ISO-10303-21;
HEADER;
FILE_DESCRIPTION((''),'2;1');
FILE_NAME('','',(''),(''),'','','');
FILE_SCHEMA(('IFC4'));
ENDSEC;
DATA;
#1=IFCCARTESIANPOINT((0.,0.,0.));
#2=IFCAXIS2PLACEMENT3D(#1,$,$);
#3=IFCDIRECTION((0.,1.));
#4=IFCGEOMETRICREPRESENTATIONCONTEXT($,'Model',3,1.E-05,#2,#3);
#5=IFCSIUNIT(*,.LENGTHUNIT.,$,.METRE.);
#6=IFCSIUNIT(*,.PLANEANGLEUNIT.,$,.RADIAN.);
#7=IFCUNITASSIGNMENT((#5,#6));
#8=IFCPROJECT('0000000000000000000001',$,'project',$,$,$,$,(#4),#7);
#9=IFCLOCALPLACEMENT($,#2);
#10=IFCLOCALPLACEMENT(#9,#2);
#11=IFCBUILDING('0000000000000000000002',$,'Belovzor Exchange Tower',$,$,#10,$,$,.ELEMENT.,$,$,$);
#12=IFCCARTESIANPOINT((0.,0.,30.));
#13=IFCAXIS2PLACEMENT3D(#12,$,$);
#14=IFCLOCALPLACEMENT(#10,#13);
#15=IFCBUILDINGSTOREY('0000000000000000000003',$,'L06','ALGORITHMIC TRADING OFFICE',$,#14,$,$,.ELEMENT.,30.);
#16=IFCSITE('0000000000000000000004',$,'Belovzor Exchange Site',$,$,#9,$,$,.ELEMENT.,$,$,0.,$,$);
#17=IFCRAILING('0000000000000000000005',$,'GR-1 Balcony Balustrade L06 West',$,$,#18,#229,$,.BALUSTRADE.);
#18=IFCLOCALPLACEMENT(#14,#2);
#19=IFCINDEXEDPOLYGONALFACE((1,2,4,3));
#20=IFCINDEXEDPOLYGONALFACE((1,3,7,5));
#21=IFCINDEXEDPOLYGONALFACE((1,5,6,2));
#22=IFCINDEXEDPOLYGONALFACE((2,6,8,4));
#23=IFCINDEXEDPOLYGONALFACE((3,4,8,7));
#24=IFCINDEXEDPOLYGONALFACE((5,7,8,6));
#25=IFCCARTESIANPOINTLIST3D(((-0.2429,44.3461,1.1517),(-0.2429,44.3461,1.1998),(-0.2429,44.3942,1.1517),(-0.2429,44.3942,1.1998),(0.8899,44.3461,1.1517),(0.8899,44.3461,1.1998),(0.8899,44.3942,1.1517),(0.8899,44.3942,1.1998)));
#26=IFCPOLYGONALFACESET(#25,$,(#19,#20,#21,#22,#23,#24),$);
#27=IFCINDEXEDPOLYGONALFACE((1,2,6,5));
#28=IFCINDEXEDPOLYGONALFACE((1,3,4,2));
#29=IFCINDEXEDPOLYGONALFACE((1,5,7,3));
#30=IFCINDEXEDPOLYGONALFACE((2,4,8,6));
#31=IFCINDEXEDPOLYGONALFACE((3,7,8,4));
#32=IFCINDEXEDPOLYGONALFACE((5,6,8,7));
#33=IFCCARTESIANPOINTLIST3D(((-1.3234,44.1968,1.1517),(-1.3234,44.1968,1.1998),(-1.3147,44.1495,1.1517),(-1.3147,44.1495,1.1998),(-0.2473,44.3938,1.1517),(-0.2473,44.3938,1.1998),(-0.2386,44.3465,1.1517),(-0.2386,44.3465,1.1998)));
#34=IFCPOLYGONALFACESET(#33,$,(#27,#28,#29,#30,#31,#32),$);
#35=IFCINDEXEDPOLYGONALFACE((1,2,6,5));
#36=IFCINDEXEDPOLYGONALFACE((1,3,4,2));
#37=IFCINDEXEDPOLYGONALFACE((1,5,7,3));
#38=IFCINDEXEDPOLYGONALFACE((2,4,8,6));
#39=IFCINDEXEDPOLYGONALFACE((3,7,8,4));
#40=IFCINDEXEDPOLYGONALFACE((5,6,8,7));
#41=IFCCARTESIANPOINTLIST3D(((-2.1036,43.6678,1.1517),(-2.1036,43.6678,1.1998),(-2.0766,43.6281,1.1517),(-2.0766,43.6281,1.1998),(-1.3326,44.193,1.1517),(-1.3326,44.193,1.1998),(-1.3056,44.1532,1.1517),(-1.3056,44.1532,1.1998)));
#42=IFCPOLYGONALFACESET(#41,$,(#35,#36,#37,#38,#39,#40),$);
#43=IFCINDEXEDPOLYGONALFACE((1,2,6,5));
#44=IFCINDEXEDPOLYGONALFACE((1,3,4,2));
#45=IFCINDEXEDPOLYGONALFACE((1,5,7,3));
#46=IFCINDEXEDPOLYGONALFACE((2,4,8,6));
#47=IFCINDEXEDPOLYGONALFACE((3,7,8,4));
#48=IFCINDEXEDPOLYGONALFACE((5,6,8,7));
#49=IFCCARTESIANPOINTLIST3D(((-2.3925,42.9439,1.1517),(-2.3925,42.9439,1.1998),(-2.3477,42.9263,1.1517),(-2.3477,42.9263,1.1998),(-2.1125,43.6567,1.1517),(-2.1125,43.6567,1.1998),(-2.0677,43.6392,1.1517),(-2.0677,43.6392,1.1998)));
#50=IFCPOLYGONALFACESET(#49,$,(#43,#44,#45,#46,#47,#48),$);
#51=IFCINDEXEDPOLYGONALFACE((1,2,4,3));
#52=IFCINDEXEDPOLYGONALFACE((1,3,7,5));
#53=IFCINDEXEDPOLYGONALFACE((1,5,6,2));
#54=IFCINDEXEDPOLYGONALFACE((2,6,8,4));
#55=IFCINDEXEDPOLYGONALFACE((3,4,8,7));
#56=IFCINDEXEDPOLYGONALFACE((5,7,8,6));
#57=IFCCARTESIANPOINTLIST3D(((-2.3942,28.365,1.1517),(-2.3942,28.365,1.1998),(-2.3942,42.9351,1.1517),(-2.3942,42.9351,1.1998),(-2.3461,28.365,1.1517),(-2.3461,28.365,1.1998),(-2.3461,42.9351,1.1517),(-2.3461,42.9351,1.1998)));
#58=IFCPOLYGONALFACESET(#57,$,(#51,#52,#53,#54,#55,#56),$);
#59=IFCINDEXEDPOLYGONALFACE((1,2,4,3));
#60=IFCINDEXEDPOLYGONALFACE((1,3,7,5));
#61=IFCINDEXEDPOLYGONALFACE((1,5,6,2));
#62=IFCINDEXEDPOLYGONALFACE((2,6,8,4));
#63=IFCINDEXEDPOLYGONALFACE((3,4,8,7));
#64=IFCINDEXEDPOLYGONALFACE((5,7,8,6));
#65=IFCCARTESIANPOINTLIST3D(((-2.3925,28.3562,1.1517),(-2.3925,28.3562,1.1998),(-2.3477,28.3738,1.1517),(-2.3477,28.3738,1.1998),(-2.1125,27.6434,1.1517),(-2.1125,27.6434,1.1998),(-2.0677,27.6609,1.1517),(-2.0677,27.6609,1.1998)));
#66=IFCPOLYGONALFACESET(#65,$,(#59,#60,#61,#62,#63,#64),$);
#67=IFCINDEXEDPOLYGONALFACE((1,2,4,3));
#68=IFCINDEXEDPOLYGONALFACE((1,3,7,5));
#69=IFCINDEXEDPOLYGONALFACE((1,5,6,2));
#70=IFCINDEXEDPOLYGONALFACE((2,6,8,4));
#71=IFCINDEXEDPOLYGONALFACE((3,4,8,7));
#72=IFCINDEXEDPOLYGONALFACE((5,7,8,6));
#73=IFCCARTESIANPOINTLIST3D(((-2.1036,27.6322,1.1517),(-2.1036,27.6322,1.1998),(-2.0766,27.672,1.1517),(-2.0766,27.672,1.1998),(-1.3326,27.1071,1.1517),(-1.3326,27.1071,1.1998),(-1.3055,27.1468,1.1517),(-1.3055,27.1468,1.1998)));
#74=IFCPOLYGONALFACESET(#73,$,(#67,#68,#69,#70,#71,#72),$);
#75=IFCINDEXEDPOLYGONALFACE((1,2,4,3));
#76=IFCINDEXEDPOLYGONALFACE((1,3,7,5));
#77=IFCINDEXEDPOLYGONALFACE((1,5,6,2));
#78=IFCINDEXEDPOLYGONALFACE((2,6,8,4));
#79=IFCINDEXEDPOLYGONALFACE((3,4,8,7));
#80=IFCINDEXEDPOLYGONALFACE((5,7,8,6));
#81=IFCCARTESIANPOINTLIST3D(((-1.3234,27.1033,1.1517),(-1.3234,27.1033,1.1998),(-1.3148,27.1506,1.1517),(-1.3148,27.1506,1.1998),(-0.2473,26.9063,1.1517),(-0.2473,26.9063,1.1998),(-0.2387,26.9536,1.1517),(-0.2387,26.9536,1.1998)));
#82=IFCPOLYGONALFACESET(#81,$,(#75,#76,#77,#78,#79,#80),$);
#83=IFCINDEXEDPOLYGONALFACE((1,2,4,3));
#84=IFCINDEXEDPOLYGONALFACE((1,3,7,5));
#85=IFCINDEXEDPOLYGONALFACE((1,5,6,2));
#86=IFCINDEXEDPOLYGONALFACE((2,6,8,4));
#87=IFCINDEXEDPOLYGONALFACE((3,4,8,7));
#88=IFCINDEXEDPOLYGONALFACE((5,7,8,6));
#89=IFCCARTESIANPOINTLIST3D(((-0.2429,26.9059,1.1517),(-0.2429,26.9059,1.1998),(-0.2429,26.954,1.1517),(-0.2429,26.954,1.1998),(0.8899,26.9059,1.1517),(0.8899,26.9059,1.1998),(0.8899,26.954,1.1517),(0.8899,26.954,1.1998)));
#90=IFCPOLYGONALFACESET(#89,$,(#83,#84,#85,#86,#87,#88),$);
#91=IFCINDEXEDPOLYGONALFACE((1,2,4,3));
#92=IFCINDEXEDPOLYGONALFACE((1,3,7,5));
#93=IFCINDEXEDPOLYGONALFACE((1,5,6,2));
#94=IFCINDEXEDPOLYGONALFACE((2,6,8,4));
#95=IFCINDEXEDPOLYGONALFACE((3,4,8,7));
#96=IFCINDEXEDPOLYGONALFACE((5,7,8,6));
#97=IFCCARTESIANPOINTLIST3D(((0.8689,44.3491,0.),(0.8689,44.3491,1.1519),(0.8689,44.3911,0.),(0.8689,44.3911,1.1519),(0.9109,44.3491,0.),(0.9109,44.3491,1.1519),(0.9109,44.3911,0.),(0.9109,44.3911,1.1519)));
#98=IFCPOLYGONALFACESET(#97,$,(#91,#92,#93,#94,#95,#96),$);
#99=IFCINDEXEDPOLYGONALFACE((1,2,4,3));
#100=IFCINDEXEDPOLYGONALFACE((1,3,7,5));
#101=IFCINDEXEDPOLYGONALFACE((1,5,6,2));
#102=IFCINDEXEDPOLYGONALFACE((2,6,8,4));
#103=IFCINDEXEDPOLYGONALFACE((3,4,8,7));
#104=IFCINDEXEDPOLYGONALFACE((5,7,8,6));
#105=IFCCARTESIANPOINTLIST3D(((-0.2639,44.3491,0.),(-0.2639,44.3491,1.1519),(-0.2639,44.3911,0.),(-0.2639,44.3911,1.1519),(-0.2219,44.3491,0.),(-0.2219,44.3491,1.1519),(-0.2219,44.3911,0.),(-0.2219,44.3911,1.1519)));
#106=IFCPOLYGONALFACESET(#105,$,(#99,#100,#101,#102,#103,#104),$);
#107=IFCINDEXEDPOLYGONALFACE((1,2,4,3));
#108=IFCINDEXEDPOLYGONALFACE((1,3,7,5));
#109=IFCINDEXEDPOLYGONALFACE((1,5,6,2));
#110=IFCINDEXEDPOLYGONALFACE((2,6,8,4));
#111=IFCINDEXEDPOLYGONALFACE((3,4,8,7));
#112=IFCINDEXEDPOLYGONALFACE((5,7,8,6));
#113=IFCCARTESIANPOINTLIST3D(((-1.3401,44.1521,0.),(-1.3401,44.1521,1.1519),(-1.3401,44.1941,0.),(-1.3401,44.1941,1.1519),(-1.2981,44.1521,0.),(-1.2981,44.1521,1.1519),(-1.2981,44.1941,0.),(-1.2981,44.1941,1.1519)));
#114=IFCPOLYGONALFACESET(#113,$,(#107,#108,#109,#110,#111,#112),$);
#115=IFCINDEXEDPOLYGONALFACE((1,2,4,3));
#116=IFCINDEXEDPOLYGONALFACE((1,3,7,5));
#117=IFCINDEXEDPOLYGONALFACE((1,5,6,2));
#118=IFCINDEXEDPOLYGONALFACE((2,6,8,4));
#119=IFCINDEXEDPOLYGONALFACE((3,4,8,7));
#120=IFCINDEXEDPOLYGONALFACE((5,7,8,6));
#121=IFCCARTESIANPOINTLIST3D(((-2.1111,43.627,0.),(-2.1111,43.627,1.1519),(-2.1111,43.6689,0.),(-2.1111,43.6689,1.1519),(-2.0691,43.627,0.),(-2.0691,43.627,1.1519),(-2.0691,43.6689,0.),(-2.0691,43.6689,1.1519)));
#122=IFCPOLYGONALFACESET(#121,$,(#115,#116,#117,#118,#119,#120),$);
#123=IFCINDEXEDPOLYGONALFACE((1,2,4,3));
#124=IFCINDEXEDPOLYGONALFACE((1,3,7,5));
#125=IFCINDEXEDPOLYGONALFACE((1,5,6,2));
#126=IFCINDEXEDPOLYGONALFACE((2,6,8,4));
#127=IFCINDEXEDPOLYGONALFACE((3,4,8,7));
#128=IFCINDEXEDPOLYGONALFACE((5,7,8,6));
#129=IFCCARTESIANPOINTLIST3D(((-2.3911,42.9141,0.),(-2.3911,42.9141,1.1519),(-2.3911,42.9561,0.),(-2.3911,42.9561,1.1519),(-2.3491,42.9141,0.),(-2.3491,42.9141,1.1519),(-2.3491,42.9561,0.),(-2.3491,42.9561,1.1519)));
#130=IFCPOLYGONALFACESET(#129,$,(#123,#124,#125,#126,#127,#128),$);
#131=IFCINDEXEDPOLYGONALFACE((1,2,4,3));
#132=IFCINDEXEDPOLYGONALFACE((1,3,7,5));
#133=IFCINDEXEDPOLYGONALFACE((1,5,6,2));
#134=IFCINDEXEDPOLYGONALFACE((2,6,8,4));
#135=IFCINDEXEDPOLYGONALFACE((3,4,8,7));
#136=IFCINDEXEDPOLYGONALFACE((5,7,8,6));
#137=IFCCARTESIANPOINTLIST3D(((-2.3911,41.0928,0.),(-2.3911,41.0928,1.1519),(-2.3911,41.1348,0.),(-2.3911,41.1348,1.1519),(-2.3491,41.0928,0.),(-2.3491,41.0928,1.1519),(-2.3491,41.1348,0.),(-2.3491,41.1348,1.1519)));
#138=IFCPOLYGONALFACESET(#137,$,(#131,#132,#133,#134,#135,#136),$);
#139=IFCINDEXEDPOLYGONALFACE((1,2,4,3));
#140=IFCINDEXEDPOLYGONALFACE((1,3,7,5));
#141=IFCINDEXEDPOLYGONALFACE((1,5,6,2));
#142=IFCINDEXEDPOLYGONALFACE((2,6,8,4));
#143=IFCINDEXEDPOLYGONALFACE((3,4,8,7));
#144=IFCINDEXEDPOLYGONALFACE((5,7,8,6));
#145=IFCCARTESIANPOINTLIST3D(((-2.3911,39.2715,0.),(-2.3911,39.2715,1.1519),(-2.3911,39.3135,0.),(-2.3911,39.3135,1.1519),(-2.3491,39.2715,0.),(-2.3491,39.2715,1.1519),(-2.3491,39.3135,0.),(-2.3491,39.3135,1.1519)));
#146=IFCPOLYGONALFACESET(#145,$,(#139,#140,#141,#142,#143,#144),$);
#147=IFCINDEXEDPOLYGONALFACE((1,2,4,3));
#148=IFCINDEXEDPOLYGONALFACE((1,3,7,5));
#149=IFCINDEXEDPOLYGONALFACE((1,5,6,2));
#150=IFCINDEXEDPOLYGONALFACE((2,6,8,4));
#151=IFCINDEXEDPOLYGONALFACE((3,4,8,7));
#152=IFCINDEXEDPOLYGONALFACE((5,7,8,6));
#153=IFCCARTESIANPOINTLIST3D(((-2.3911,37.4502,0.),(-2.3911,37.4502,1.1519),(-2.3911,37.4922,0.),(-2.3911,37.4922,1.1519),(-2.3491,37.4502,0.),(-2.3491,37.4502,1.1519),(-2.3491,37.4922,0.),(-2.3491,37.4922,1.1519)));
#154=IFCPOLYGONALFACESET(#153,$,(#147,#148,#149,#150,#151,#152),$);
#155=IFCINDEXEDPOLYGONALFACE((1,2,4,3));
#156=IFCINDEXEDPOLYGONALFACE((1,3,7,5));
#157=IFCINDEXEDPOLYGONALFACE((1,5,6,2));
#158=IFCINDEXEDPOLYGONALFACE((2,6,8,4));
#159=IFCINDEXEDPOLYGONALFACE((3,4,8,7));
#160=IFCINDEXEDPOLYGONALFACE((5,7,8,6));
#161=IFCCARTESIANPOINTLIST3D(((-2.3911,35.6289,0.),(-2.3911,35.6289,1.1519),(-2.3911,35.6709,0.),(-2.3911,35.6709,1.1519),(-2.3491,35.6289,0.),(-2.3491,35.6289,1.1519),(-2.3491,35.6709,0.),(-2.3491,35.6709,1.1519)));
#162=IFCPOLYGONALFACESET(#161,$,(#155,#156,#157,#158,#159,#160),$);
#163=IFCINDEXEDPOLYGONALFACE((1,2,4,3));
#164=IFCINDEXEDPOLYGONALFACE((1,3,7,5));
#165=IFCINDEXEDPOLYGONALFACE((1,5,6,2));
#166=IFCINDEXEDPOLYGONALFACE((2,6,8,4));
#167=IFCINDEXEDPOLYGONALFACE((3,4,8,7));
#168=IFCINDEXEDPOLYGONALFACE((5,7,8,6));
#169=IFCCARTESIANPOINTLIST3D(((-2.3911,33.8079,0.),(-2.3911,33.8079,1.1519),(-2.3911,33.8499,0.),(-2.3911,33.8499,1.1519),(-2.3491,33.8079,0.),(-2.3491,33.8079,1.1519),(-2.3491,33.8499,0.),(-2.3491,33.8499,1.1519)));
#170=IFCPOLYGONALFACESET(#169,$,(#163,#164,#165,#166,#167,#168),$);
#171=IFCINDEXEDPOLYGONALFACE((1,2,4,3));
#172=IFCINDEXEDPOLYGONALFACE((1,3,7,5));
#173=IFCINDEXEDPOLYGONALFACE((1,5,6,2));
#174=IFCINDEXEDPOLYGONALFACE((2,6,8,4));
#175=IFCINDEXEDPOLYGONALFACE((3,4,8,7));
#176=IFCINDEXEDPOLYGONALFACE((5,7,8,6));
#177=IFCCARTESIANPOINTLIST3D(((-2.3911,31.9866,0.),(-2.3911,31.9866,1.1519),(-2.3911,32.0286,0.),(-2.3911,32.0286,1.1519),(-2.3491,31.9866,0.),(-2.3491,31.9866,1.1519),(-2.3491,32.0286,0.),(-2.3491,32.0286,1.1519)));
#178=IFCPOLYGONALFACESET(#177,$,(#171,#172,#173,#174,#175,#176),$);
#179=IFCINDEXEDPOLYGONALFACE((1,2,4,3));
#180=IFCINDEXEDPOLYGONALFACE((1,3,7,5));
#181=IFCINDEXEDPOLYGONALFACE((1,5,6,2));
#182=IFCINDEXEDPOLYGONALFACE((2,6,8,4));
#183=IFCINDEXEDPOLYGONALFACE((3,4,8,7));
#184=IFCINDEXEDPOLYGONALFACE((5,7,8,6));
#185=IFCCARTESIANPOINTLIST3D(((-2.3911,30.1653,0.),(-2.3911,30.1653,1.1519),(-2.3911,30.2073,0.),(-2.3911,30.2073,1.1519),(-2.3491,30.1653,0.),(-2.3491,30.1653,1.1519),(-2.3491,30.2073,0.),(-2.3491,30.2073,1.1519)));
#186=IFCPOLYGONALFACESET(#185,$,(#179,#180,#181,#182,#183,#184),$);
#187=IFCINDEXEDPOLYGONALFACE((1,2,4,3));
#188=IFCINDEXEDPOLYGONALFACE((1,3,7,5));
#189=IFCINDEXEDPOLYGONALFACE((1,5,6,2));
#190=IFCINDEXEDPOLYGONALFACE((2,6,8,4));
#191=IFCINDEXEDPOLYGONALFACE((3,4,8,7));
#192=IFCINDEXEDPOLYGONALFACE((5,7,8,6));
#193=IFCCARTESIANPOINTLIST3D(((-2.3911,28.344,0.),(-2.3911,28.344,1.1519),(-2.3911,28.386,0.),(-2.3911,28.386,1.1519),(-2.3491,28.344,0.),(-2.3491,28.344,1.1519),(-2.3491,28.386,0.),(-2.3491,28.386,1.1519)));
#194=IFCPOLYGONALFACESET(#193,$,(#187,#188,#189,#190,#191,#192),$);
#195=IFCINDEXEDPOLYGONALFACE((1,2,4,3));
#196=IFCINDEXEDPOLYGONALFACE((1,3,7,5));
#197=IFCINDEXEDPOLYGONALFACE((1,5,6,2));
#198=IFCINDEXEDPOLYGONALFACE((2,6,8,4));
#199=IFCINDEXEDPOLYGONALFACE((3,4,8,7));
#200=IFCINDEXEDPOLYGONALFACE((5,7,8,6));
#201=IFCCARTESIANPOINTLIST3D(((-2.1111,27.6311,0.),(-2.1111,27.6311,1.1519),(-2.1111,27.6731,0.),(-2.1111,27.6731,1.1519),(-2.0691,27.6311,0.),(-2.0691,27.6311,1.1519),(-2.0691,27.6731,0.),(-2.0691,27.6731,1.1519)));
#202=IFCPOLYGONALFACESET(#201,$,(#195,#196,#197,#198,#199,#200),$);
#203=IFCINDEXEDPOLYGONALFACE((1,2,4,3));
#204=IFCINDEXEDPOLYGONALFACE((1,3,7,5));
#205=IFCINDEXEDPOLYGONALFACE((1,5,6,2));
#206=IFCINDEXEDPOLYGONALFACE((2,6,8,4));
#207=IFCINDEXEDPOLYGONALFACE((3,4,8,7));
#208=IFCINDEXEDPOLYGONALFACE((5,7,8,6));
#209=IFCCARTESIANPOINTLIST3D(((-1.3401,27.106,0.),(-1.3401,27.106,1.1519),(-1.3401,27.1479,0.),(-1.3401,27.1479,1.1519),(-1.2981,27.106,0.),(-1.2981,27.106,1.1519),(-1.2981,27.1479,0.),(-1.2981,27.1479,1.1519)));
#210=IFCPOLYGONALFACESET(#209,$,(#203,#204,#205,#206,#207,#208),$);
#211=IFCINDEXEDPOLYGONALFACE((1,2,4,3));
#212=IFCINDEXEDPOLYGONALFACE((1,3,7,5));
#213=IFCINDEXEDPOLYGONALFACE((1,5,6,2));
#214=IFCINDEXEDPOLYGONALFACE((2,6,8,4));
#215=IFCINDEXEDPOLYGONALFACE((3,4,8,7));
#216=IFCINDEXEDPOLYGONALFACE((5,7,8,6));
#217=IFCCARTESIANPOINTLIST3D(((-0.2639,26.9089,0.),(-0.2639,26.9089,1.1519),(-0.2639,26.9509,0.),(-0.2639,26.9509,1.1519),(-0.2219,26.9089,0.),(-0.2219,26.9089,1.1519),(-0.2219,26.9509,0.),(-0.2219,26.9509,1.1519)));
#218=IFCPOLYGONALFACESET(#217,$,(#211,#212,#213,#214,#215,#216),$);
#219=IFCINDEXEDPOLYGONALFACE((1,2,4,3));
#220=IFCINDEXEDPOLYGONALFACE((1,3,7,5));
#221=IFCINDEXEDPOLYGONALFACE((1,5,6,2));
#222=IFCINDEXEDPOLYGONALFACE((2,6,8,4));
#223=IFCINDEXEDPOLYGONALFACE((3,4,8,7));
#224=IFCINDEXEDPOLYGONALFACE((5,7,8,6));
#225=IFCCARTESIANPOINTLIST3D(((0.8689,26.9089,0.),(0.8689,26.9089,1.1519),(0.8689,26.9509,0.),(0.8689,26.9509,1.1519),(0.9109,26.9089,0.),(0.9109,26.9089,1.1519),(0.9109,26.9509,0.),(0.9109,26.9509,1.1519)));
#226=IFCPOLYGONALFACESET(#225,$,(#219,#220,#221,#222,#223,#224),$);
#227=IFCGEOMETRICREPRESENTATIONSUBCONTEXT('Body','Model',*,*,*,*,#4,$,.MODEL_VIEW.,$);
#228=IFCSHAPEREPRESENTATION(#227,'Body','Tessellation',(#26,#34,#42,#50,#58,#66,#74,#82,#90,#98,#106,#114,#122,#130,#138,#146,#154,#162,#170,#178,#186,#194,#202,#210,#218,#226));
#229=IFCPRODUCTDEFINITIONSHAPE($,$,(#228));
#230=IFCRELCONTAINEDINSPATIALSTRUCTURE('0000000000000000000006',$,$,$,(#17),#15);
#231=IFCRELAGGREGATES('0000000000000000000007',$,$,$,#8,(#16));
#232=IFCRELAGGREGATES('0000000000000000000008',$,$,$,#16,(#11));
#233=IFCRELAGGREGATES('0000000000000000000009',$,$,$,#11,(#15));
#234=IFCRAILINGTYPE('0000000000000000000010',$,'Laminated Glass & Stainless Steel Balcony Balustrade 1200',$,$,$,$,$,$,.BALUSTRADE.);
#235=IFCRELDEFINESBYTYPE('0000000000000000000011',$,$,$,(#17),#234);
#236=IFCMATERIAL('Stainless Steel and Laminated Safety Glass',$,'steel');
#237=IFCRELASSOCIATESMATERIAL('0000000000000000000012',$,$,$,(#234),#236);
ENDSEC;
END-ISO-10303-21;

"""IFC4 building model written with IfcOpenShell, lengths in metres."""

from ifc_helpers import new_model, si_unit, direction, frame, origin, origin_2d, place, context, subcontext, project, spatial, rectangle, extrude, material, type_object, element, save


model = new_model("IFC4")

# Units and contexts
model_context = context("Model", 3, precision=1e-05, world=origin(), true_north=direction((0.0, 1.0)))
body_context = subcontext(model_context, "Body", "Model", "MODEL_VIEW")
ifc_project = project(units=[si_unit("LENGTHUNIT", "METRE"), si_unit("PLANEANGLEUNIT", "RADIAN")], contexts=[model_context])

# Site, building, storey
site_placement = place(None, origin())
site = spatial("IfcSite", under=ifc_project, at=site_placement, Name="Belovzor Exchange Site", CompositionType="ELEMENT", RefElevation=0.0)
building_placement = place(site_placement, origin())
building = spatial("IfcBuilding", under=site, at=building_placement, Name="Belovzor Exchange Tower", CompositionType="ELEMENT")
storey_placement = place(building_placement, frame((0.0, 0.0, 30.0)))
storey = spatial("IfcBuildingStorey", under=building, at=storey_placement, Name="L06", Description="ALGORITHMIC TRADING OFFICE", CompositionType="ELEMENT", Elevation=30.0)

# Railing
ifc_material_1 = material(Name="Stainless Steel and Laminated Safety Glass", Category="steel")
railing_type = type_object("IfcRailingType", Name="Laminated Glass & Stainless Steel Balcony Balustrade 1200", PredefinedType="BALUSTRADE", material=ifc_material_1)
railing_placement = place(storey_placement, frame((0.8899, 44.3701, 0.0)))
element("IfcRailing", 1, at=railing_placement, inside=storey, type_object=railing_type, Name="GR-1 Balcony Balustrade L06 West", PredefinedType="BALUSTRADE", context=body_context, shape_type="SweptSolid", body=[
    extrude(rectangle(XDim=0.0481, YDim=0.0481, at=origin_2d()), frame((0.0, 0.0, 1.1758), z_axis=(-1.0, 0.0, 0.0), x_axis=(0.0, -1.0, 0.0)), (0.0, 0.0, 1.0), 1.1328),
    extrude(rectangle(XDim=0.0481, YDim=0.0481, at=origin_2d()), frame((-1.1328, 0.0, 1.1758), z_axis=(-0.983651, -0.180083, 0.0), x_axis=(0.180083, -0.983651, 0.0)), (0.0, 0.0, 1.0), 1.094),
    extrude(rectangle(XDim=0.0481, YDim=0.0481, at=origin_2d()), frame((-2.209, -0.197, 1.1758), z_axis=(-0.826493, -0.562947, 0.0), x_axis=(0.562947, -0.826493, 0.0)), (0.0, 0.0, 1.0), 0.9329),
    extrude(rectangle(XDim=0.0481, YDim=0.0481, at=origin_2d()), frame((-2.98, -0.7222, 1.1758), z_axis=(-0.365613, -0.930767, 0.0), x_axis=(0.930767, -0.365613, 0.0)), (0.0, 0.0, 1.0), 0.7659),
    extrude(rectangle(XDim=0.0481, YDim=0.0481, at=origin_2d()), frame((-3.26, -1.4351, 1.1758), z_axis=(0.0, -1.0, 0.0), x_axis=(1.0, 0.0, 0.0)), (0.0, 0.0, 1.0), 14.5701),
    extrude(rectangle(XDim=0.0481, YDim=0.0481, at=origin_2d()), frame((-3.26, -16.0051, 1.1758), z_axis=(0.365613, -0.930767, 0.0), x_axis=(0.930767, 0.365613, 0.0)), (0.0, 0.0, 1.0), 0.7659),
    extrude(rectangle(XDim=0.0481, YDim=0.0481, at=origin_2d()), frame((-2.98, -16.718, 1.1758), z_axis=(0.826493, -0.562947, 0.0), x_axis=(0.562947, 0.826493, 0.0)), (0.0, 0.0, 1.0), 0.9329),
    extrude(rectangle(XDim=0.0481, YDim=0.0481, at=origin_2d()), frame((-2.209, -17.2432, 1.1758), z_axis=(0.983651, -0.180083, 0.0), x_axis=(0.180083, 0.983651, 0.0)), (0.0, 0.0, 1.0), 1.094),
    extrude(rectangle(XDim=0.0481, YDim=0.0481, at=origin_2d()), frame((-1.1328, -17.4402, 1.1758), z_axis=(1.0, 0.0, 0.0), x_axis=(0.0, 1.0, 0.0)), (0.0, 0.0, 1.0), 1.1328),
    extrude(rectangle(XDim=0.042, YDim=0.042, at=origin_2d()), origin(), (0.0, 0.0, 1.0), 1.1519),
    extrude(rectangle(XDim=0.042, YDim=0.042, at=origin_2d()), frame((-1.1328, 0.0, 0.0)), (0.0, 0.0, 1.0), 1.1519),
    extrude(rectangle(XDim=0.042, YDim=0.042, at=origin_2d()), frame((-2.209, -0.197, 0.0)), (0.0, 0.0, 1.0), 1.1519),
    extrude(rectangle(XDim=0.042, YDim=0.042, at=origin_2d()), frame((-2.98, -0.7222, 0.0)), (0.0, 0.0, 1.0), 1.1519),
    extrude(rectangle(XDim=0.042, YDim=0.042, at=origin_2d()), frame((-3.26, -1.4351, 0.0)), (0.0, 0.0, 1.0), 1.1519),
    extrude(rectangle(XDim=0.042, YDim=0.042, at=origin_2d()), frame((-3.26, -3.2563, 0.0)), (0.0, 0.0, 1.0), 1.1519),
    extrude(rectangle(XDim=0.042, YDim=0.042, at=origin_2d()), frame((-3.26, -5.0776, 0.0)), (0.0, 0.0, 1.0), 1.1519),
    extrude(rectangle(XDim=0.042, YDim=0.042, at=origin_2d()), frame((-3.26, -6.8989, 0.0)), (0.0, 0.0, 1.0), 1.1519),
    extrude(rectangle(XDim=0.042, YDim=0.042, at=origin_2d()), frame((-3.26, -8.7202, 0.0)), (0.0, 0.0, 1.0), 1.1519),
    extrude(rectangle(XDim=0.042, YDim=0.042, at=origin_2d()), frame((-3.26, -10.5413, 0.0)), (0.0, 0.0, 1.0), 1.1519),
    extrude(rectangle(XDim=0.042, YDim=0.042, at=origin_2d()), frame((-3.26, -12.3625, 0.0)), (0.0, 0.0, 1.0), 1.1519),
    extrude(rectangle(XDim=0.042, YDim=0.042, at=origin_2d()), frame((-3.26, -14.1838, 0.0)), (0.0, 0.0, 1.0), 1.1519),
    extrude(rectangle(XDim=0.042, YDim=0.042, at=origin_2d()), frame((-3.26, -16.0051, 0.0)), (0.0, 0.0, 1.0), 1.1519),
    extrude(rectangle(XDim=0.042, YDim=0.042, at=origin_2d()), frame((-2.98, -16.718, 0.0)), (0.0, 0.0, 1.0), 1.1519),
    extrude(rectangle(XDim=0.042, YDim=0.042, at=origin_2d()), frame((-2.209, -17.2432, 0.0)), (0.0, 0.0, 1.0), 1.1519),
    extrude(rectangle(XDim=0.042, YDim=0.042, at=origin_2d()), frame((-1.1328, -17.4402, 0.0)), (0.0, 0.0, 1.0), 1.1519),
    extrude(rectangle(XDim=0.042, YDim=0.042, at=origin_2d()), frame((0.0, -17.4402, 0.0)), (0.0, 0.0, 1.0), 1.1519),
])

save(model, "model.ifc")
